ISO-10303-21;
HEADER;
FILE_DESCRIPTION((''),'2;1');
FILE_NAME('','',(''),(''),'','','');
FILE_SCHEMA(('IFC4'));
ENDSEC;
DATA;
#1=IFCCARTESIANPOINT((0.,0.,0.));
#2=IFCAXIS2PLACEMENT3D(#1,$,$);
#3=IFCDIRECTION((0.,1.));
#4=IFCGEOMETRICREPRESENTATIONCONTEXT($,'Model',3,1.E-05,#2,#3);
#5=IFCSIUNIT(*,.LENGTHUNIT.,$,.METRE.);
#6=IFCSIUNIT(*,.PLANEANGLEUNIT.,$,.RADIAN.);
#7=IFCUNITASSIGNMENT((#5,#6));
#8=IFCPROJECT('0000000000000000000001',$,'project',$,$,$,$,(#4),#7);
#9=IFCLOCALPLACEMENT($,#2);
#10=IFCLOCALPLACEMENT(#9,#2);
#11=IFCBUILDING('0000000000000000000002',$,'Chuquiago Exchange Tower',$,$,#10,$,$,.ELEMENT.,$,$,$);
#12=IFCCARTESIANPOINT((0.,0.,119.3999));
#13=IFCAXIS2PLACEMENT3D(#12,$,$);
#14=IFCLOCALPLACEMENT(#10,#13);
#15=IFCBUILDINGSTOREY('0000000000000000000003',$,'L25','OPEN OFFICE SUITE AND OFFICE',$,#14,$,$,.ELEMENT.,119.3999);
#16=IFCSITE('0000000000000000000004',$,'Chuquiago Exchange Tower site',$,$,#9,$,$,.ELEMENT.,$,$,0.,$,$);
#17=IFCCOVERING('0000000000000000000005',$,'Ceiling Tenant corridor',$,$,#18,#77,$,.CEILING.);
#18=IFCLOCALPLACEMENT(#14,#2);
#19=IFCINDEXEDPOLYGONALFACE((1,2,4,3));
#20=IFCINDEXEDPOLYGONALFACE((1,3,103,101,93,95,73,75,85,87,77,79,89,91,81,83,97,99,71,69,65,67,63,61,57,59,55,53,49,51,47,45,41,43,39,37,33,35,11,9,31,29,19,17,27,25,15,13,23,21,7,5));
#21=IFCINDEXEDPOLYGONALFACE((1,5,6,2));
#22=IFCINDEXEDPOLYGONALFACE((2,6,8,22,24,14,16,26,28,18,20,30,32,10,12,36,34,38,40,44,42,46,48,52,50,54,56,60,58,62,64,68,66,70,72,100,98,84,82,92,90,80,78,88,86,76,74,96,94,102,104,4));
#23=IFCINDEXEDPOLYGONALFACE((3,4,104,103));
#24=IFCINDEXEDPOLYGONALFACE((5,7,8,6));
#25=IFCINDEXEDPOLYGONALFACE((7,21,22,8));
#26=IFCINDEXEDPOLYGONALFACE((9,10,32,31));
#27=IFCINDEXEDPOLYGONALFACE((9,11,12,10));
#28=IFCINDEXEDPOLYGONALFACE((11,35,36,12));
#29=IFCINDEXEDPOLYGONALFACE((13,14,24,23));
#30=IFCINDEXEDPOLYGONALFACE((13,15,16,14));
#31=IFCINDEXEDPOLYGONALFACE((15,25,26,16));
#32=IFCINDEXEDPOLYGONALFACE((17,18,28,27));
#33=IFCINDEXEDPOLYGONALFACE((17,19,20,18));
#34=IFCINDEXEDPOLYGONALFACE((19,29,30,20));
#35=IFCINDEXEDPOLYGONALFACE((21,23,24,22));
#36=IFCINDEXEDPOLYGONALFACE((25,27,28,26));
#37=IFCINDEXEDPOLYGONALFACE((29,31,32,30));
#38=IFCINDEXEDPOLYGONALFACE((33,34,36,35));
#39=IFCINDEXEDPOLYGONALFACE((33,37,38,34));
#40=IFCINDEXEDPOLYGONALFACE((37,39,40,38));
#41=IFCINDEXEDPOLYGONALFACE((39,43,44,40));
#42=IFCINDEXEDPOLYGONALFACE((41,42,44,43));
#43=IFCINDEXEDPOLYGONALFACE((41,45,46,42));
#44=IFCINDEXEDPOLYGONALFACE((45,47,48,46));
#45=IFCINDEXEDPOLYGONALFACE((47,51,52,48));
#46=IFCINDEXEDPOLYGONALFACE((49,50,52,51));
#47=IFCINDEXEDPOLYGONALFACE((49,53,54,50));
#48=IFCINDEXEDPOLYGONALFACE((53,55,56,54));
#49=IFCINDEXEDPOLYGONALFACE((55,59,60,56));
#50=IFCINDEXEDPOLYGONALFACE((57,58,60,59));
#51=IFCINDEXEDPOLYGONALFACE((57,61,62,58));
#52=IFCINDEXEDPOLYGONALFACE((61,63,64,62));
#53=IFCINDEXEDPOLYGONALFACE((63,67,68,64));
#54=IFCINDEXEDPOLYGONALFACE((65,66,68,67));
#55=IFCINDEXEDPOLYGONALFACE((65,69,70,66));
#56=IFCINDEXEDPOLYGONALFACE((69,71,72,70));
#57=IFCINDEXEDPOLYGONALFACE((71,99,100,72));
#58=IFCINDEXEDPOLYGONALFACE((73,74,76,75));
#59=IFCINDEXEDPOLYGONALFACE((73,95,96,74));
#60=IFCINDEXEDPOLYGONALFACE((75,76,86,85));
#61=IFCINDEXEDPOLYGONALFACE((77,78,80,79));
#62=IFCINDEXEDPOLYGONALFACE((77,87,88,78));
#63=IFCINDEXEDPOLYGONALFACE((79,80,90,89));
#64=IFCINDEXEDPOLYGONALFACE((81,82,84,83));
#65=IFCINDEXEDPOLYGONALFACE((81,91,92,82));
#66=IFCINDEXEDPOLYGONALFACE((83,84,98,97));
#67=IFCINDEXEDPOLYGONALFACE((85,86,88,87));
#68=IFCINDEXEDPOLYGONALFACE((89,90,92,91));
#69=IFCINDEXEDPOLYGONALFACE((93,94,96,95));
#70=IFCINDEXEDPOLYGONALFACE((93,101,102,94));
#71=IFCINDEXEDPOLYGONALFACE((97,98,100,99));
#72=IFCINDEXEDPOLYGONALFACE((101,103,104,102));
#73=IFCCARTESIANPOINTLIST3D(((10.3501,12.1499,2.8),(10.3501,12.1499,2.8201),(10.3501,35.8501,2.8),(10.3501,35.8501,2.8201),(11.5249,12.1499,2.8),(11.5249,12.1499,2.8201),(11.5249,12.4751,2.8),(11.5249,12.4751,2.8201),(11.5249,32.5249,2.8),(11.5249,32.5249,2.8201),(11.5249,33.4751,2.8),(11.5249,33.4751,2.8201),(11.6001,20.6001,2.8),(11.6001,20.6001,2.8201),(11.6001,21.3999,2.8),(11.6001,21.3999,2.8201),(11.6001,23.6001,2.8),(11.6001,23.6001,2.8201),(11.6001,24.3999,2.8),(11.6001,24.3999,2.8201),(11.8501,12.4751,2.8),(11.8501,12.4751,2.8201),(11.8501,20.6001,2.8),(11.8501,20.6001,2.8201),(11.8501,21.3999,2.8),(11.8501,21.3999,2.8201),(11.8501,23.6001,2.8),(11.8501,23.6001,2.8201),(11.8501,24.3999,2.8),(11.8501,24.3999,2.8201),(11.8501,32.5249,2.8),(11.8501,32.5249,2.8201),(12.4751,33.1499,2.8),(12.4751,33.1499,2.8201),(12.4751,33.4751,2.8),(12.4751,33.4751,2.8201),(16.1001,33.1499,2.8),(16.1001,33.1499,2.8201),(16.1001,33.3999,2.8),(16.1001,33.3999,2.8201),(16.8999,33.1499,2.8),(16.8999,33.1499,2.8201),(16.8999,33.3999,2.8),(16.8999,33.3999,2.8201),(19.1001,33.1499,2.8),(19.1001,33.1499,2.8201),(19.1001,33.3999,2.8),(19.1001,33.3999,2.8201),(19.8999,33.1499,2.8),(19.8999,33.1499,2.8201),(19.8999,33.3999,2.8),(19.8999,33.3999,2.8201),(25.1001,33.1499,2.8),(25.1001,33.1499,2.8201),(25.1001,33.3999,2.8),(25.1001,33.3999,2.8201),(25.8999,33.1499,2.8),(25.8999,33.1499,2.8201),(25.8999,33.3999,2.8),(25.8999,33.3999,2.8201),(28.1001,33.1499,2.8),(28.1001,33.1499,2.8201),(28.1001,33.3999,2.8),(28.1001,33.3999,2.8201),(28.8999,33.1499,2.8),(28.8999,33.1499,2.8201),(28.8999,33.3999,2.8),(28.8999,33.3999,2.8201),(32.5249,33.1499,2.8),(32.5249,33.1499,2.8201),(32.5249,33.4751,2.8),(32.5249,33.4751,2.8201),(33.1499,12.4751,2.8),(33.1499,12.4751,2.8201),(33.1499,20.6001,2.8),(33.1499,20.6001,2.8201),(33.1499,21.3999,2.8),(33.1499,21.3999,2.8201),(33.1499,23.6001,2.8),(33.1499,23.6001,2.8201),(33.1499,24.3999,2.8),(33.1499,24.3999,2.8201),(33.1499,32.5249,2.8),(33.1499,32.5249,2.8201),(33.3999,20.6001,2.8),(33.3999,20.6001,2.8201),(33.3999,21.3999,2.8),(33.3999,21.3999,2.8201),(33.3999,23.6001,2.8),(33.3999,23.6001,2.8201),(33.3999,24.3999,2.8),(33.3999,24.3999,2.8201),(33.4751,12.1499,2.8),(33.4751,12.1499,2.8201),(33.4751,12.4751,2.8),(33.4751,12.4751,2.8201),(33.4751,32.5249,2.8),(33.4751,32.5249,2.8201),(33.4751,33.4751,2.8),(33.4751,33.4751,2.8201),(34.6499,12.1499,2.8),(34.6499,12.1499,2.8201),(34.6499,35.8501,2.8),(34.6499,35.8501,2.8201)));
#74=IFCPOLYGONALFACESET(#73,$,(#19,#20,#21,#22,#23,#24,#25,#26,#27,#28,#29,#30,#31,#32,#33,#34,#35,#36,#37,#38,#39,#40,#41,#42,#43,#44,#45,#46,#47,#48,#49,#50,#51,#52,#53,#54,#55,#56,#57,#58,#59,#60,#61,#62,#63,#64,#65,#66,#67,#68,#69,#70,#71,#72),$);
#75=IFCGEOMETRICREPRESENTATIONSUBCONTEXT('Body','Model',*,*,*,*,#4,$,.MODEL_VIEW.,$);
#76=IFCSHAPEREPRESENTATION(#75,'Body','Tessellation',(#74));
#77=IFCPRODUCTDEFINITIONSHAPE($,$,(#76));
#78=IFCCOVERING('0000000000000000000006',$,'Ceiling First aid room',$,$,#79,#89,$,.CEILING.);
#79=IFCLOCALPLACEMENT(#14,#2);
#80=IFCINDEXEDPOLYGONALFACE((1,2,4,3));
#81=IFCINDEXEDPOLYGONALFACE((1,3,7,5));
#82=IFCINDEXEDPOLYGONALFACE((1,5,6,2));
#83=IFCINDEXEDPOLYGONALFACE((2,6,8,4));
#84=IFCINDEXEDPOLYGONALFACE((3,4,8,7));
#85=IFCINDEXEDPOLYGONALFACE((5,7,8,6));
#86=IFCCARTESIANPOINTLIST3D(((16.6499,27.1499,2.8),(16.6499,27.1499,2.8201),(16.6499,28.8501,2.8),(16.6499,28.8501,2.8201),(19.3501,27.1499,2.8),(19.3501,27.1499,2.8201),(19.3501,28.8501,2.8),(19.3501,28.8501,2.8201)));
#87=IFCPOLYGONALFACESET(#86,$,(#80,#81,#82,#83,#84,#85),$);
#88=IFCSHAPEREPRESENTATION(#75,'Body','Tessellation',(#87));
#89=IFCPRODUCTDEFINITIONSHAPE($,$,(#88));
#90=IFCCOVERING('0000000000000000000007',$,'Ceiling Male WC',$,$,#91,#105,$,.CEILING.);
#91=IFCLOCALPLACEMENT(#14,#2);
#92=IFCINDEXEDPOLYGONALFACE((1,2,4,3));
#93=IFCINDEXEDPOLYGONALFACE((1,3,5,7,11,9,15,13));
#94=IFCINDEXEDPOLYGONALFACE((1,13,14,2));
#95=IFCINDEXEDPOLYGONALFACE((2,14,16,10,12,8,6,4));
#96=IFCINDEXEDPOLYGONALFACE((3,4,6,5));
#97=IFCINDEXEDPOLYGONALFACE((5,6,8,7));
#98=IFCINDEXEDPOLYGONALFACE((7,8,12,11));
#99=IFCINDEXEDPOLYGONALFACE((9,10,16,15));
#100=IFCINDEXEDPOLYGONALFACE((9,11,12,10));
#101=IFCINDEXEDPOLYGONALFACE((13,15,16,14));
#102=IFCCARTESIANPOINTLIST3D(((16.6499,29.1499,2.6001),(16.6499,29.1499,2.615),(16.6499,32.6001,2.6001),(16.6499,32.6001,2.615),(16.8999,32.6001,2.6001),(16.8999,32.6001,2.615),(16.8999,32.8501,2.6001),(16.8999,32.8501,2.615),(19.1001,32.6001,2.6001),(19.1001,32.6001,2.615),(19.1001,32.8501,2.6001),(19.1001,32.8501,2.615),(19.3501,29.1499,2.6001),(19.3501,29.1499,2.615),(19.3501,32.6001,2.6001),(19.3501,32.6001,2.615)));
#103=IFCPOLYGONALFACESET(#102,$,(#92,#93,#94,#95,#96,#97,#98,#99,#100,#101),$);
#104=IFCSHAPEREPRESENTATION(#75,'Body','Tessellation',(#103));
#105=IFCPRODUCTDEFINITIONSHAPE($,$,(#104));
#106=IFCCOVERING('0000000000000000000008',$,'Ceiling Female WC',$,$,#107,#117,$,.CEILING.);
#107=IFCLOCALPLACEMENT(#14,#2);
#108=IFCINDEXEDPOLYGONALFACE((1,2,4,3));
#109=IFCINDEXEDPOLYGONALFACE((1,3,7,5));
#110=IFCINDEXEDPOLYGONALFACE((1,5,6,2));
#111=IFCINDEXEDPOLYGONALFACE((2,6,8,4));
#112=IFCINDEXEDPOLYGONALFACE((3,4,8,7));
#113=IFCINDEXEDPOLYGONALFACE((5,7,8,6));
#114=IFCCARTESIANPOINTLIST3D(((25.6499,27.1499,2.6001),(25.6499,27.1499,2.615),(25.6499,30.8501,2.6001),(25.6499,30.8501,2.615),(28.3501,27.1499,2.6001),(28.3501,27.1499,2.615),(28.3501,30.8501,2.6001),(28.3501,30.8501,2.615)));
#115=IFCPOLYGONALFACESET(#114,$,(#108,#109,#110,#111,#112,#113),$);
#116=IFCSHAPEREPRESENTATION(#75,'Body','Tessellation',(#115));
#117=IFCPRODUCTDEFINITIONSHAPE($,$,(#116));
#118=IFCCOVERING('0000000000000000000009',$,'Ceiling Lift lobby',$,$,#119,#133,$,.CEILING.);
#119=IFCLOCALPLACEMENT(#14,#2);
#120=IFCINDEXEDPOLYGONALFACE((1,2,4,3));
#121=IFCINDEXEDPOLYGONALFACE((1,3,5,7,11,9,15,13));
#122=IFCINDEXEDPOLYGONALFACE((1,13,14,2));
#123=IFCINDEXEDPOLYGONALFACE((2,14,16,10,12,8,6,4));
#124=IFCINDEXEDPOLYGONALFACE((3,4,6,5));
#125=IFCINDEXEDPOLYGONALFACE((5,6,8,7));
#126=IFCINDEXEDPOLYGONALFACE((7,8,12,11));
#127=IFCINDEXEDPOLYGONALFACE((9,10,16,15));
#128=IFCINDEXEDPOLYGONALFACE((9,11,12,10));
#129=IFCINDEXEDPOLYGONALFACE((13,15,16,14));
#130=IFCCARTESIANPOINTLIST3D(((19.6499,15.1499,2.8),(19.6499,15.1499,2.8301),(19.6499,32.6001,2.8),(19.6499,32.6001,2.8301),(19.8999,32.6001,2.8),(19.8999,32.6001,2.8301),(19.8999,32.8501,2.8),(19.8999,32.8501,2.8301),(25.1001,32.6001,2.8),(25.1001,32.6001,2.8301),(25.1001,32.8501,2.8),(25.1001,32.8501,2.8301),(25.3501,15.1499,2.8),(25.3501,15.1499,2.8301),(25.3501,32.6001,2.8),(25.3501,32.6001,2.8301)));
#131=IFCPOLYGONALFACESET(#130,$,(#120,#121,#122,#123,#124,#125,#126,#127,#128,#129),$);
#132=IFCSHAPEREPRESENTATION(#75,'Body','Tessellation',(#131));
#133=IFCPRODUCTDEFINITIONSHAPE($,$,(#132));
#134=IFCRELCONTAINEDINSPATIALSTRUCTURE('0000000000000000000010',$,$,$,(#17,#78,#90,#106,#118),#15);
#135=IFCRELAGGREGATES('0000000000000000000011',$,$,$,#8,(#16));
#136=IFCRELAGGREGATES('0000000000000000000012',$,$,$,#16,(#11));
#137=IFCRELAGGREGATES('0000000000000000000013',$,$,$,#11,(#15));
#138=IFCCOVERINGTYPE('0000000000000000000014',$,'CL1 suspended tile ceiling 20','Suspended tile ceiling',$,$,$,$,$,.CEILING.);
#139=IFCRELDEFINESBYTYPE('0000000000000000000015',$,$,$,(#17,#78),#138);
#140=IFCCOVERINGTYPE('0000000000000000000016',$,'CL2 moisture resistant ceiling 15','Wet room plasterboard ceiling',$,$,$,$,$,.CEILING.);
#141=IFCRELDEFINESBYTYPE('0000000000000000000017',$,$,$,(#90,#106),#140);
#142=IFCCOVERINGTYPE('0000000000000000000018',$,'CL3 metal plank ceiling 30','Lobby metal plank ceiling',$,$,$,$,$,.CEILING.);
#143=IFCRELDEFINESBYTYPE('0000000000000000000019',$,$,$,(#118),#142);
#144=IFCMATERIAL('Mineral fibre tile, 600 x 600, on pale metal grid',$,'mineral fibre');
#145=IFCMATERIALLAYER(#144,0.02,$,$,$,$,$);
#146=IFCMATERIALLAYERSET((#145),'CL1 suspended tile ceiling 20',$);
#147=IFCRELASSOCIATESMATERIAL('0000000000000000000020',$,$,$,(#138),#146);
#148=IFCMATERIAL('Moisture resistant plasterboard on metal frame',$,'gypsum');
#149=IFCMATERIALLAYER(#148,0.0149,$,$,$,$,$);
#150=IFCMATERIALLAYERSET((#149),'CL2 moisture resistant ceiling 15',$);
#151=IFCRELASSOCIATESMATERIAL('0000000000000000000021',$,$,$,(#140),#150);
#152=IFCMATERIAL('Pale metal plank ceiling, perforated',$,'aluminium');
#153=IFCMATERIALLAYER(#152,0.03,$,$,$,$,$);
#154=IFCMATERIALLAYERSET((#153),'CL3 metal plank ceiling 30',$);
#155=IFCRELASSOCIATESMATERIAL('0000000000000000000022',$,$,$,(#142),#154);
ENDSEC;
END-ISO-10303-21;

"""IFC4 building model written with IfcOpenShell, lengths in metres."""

from ifc_helpers import new_model, si_unit, direction, frame, origin, place, context, subcontext, project, spatial, polyline, outline, extrude, material, layer, layer_set, type_object, element, save


model = new_model("IFC4")

# Units and contexts
model_context = context("Model", 3, precision=1e-05, world=origin(), true_north=direction((0.0, 1.0)))
body_context = subcontext(model_context, "Body", "Model", "MODEL_VIEW")
ifc_project = project(units=[si_unit("LENGTHUNIT", "METRE"), si_unit("PLANEANGLEUNIT", "RADIAN")], contexts=[model_context])

# Site, building, storey
site_placement = place(None, origin())
site = spatial("IfcSite", under=ifc_project, at=site_placement, Name="Chuquiago Exchange Tower site", CompositionType="ELEMENT", RefElevation=0.0)
building_placement = place(site_placement, origin())
building = spatial("IfcBuilding", under=site, at=building_placement, Name="Chuquiago Exchange Tower", CompositionType="ELEMENT")
storey_placement = place(building_placement, frame((0.0, 0.0, 119.3999)))
storey = spatial("IfcBuildingStorey", under=building, at=storey_placement, Name="L25", Description="OPEN OFFICE SUITE AND OFFICE", CompositionType="ELEMENT", Elevation=119.3999)

# Coverings
ifc_material_1 = material(Name="Mineral fibre tile, 600 x 600, on pale metal grid", Category="mineral fibre")
ifc_layer_1 = layer(ifc_material_1, 0.02)
ifc_layer_set_1 = layer_set([ifc_layer_1], Name="CL1 suspended tile ceiling 20")
covering_type_1 = type_object("IfcCoveringType", Name="CL1 suspended tile ceiling 20", Description="Suspended tile ceiling", PredefinedType="CEILING", material=ifc_layer_set_1)
covering_1_placement = place(storey_placement, frame((0.0, 0.0, 2.8)))
element("IfcCovering", 1, at=covering_1_placement, inside=storey, type_object=covering_type_1, Name="Ceiling Tenant corridor", PredefinedType="CEILING", context=body_context, shape_type="SweptSolid", body=[
    extrude(outline(polyline([(11.8501, 24.3999), (11.6001, 24.3999), (11.6001, 23.6001), (11.8501, 23.6001), (11.8501, 21.3999), (11.6001, 21.3999), (11.6001, 20.6001), (11.8501, 20.6001), (11.8501, 12.4751), (11.5249, 12.4751), (11.5249, 12.1499), (10.3501, 12.1499), (10.3501, 35.8501), (34.6499, 35.8501), (34.6499, 12.1499), (33.4751, 12.1499), (33.4751, 12.4751), (33.1499, 12.4751), (33.1499, 20.6001), (33.3999, 20.6001), (33.3999, 21.3999), (33.1499, 21.3999), (33.1499, 23.6001), (33.3999, 23.6001), (33.3999, 24.3999), (33.1499, 24.3999), (33.1499, 32.5249), (33.4751, 32.5249), (33.4751, 33.4751), (32.5249, 33.4751), (32.5249, 33.1499), (28.8999, 33.1499), (28.8999, 33.3999), (28.1001, 33.3999), (28.1001, 33.1499), (25.8999, 33.1499), (25.8999, 33.3999), (25.1001, 33.3999), (25.1001, 33.1499), (19.8999, 33.1499), (19.8999, 33.3999), (19.1001, 33.3999), (19.1001, 33.1499), (16.8999, 33.1499), (16.8999, 33.3999), (16.1001, 33.3999), (16.1001, 33.1499), (12.4751, 33.1499), (12.4751, 33.4751), (11.5249, 33.4751), (11.5249, 32.5249), (11.8501, 32.5249), (11.8501, 24.3999)])), origin(), (0.0, 0.0, 1.0), 0.02),
])
covering_2_placement = place(storey_placement, frame((0.0, 0.0, 2.8)))
element("IfcCovering", 2, at=covering_2_placement, inside=storey, type_object=covering_type_1, Name="Ceiling First aid room", PredefinedType="CEILING", context=body_context, shape_type="SweptSolid", body=[
    extrude(outline(polyline([(16.6499, 27.1499), (16.6499, 28.8501), (19.3501, 28.8501), (19.3501, 27.1499), (16.6499, 27.1499)])), origin(), (0.0, 0.0, 1.0), 0.02),
])
ifc_material_2 = material(Name="Moisture resistant plasterboard on metal frame", Category="gypsum")
ifc_layer_2 = layer(ifc_material_2, 0.0149)
ifc_layer_set_2 = layer_set([ifc_layer_2], Name="CL2 moisture resistant ceiling 15")
covering_type_2 = type_object("IfcCoveringType", Name="CL2 moisture resistant ceiling 15", Description="Wet room plasterboard ceiling", PredefinedType="CEILING", material=ifc_layer_set_2)
covering_3_placement = place(storey_placement, frame((0.0, 0.0, 2.6001)))
element("IfcCovering", 3, at=covering_3_placement, inside=storey, type_object=covering_type_2, Name="Ceiling Male WC", PredefinedType="CEILING", context=body_context, shape_type="SweptSolid", body=[
    extrude(outline(polyline([(16.6499, 29.1499), (16.6499, 32.6001), (16.8999, 32.6001), (16.8999, 32.8501), (19.1001, 32.8501), (19.1001, 32.6001), (19.3501, 32.6001), (19.3501, 29.1499), (16.6499, 29.1499)])), origin(), (0.0, 0.0, 1.0), 0.0149),
])
covering_4_placement = place(storey_placement, frame((0.0, 0.0, 2.6001)))
element("IfcCovering", 4, at=covering_4_placement, inside=storey, type_object=covering_type_2, Name="Ceiling Female WC", PredefinedType="CEILING", context=body_context, shape_type="SweptSolid", body=[
    extrude(outline(polyline([(25.6499, 27.1499), (25.6499, 30.8501), (28.3501, 30.8501), (28.3501, 27.1499), (25.6499, 27.1499)])), origin(), (0.0, 0.0, 1.0), 0.0149),
])
ifc_material_3 = material(Name="Pale metal plank ceiling, perforated", Category="aluminium")
ifc_layer_3 = layer(ifc_material_3, 0.03)
ifc_layer_set_3 = layer_set([ifc_layer_3], Name="CL3 metal plank ceiling 30")
covering_type_3 = type_object("IfcCoveringType", Name="CL3 metal plank ceiling 30", Description="Lobby metal plank ceiling", PredefinedType="CEILING", material=ifc_layer_set_3)
covering_5_placement = place(storey_placement, frame((0.0, 0.0, 2.8)))
element("IfcCovering", 5, at=covering_5_placement, inside=storey, type_object=covering_type_3, Name="Ceiling Lift lobby", PredefinedType="CEILING", context=body_context, shape_type="SweptSolid", body=[
    extrude(outline(polyline([(19.6499, 15.1499), (19.6499, 32.6001), (19.8999, 32.6001), (19.8999, 32.8501), (25.1001, 32.8501), (25.1001, 32.6001), (25.3501, 32.6001), (25.3501, 15.1499), (19.6499, 15.1499)])), origin(), (0.0, 0.0, 1.0), 0.03),
])

save(model, "model.ifc")
